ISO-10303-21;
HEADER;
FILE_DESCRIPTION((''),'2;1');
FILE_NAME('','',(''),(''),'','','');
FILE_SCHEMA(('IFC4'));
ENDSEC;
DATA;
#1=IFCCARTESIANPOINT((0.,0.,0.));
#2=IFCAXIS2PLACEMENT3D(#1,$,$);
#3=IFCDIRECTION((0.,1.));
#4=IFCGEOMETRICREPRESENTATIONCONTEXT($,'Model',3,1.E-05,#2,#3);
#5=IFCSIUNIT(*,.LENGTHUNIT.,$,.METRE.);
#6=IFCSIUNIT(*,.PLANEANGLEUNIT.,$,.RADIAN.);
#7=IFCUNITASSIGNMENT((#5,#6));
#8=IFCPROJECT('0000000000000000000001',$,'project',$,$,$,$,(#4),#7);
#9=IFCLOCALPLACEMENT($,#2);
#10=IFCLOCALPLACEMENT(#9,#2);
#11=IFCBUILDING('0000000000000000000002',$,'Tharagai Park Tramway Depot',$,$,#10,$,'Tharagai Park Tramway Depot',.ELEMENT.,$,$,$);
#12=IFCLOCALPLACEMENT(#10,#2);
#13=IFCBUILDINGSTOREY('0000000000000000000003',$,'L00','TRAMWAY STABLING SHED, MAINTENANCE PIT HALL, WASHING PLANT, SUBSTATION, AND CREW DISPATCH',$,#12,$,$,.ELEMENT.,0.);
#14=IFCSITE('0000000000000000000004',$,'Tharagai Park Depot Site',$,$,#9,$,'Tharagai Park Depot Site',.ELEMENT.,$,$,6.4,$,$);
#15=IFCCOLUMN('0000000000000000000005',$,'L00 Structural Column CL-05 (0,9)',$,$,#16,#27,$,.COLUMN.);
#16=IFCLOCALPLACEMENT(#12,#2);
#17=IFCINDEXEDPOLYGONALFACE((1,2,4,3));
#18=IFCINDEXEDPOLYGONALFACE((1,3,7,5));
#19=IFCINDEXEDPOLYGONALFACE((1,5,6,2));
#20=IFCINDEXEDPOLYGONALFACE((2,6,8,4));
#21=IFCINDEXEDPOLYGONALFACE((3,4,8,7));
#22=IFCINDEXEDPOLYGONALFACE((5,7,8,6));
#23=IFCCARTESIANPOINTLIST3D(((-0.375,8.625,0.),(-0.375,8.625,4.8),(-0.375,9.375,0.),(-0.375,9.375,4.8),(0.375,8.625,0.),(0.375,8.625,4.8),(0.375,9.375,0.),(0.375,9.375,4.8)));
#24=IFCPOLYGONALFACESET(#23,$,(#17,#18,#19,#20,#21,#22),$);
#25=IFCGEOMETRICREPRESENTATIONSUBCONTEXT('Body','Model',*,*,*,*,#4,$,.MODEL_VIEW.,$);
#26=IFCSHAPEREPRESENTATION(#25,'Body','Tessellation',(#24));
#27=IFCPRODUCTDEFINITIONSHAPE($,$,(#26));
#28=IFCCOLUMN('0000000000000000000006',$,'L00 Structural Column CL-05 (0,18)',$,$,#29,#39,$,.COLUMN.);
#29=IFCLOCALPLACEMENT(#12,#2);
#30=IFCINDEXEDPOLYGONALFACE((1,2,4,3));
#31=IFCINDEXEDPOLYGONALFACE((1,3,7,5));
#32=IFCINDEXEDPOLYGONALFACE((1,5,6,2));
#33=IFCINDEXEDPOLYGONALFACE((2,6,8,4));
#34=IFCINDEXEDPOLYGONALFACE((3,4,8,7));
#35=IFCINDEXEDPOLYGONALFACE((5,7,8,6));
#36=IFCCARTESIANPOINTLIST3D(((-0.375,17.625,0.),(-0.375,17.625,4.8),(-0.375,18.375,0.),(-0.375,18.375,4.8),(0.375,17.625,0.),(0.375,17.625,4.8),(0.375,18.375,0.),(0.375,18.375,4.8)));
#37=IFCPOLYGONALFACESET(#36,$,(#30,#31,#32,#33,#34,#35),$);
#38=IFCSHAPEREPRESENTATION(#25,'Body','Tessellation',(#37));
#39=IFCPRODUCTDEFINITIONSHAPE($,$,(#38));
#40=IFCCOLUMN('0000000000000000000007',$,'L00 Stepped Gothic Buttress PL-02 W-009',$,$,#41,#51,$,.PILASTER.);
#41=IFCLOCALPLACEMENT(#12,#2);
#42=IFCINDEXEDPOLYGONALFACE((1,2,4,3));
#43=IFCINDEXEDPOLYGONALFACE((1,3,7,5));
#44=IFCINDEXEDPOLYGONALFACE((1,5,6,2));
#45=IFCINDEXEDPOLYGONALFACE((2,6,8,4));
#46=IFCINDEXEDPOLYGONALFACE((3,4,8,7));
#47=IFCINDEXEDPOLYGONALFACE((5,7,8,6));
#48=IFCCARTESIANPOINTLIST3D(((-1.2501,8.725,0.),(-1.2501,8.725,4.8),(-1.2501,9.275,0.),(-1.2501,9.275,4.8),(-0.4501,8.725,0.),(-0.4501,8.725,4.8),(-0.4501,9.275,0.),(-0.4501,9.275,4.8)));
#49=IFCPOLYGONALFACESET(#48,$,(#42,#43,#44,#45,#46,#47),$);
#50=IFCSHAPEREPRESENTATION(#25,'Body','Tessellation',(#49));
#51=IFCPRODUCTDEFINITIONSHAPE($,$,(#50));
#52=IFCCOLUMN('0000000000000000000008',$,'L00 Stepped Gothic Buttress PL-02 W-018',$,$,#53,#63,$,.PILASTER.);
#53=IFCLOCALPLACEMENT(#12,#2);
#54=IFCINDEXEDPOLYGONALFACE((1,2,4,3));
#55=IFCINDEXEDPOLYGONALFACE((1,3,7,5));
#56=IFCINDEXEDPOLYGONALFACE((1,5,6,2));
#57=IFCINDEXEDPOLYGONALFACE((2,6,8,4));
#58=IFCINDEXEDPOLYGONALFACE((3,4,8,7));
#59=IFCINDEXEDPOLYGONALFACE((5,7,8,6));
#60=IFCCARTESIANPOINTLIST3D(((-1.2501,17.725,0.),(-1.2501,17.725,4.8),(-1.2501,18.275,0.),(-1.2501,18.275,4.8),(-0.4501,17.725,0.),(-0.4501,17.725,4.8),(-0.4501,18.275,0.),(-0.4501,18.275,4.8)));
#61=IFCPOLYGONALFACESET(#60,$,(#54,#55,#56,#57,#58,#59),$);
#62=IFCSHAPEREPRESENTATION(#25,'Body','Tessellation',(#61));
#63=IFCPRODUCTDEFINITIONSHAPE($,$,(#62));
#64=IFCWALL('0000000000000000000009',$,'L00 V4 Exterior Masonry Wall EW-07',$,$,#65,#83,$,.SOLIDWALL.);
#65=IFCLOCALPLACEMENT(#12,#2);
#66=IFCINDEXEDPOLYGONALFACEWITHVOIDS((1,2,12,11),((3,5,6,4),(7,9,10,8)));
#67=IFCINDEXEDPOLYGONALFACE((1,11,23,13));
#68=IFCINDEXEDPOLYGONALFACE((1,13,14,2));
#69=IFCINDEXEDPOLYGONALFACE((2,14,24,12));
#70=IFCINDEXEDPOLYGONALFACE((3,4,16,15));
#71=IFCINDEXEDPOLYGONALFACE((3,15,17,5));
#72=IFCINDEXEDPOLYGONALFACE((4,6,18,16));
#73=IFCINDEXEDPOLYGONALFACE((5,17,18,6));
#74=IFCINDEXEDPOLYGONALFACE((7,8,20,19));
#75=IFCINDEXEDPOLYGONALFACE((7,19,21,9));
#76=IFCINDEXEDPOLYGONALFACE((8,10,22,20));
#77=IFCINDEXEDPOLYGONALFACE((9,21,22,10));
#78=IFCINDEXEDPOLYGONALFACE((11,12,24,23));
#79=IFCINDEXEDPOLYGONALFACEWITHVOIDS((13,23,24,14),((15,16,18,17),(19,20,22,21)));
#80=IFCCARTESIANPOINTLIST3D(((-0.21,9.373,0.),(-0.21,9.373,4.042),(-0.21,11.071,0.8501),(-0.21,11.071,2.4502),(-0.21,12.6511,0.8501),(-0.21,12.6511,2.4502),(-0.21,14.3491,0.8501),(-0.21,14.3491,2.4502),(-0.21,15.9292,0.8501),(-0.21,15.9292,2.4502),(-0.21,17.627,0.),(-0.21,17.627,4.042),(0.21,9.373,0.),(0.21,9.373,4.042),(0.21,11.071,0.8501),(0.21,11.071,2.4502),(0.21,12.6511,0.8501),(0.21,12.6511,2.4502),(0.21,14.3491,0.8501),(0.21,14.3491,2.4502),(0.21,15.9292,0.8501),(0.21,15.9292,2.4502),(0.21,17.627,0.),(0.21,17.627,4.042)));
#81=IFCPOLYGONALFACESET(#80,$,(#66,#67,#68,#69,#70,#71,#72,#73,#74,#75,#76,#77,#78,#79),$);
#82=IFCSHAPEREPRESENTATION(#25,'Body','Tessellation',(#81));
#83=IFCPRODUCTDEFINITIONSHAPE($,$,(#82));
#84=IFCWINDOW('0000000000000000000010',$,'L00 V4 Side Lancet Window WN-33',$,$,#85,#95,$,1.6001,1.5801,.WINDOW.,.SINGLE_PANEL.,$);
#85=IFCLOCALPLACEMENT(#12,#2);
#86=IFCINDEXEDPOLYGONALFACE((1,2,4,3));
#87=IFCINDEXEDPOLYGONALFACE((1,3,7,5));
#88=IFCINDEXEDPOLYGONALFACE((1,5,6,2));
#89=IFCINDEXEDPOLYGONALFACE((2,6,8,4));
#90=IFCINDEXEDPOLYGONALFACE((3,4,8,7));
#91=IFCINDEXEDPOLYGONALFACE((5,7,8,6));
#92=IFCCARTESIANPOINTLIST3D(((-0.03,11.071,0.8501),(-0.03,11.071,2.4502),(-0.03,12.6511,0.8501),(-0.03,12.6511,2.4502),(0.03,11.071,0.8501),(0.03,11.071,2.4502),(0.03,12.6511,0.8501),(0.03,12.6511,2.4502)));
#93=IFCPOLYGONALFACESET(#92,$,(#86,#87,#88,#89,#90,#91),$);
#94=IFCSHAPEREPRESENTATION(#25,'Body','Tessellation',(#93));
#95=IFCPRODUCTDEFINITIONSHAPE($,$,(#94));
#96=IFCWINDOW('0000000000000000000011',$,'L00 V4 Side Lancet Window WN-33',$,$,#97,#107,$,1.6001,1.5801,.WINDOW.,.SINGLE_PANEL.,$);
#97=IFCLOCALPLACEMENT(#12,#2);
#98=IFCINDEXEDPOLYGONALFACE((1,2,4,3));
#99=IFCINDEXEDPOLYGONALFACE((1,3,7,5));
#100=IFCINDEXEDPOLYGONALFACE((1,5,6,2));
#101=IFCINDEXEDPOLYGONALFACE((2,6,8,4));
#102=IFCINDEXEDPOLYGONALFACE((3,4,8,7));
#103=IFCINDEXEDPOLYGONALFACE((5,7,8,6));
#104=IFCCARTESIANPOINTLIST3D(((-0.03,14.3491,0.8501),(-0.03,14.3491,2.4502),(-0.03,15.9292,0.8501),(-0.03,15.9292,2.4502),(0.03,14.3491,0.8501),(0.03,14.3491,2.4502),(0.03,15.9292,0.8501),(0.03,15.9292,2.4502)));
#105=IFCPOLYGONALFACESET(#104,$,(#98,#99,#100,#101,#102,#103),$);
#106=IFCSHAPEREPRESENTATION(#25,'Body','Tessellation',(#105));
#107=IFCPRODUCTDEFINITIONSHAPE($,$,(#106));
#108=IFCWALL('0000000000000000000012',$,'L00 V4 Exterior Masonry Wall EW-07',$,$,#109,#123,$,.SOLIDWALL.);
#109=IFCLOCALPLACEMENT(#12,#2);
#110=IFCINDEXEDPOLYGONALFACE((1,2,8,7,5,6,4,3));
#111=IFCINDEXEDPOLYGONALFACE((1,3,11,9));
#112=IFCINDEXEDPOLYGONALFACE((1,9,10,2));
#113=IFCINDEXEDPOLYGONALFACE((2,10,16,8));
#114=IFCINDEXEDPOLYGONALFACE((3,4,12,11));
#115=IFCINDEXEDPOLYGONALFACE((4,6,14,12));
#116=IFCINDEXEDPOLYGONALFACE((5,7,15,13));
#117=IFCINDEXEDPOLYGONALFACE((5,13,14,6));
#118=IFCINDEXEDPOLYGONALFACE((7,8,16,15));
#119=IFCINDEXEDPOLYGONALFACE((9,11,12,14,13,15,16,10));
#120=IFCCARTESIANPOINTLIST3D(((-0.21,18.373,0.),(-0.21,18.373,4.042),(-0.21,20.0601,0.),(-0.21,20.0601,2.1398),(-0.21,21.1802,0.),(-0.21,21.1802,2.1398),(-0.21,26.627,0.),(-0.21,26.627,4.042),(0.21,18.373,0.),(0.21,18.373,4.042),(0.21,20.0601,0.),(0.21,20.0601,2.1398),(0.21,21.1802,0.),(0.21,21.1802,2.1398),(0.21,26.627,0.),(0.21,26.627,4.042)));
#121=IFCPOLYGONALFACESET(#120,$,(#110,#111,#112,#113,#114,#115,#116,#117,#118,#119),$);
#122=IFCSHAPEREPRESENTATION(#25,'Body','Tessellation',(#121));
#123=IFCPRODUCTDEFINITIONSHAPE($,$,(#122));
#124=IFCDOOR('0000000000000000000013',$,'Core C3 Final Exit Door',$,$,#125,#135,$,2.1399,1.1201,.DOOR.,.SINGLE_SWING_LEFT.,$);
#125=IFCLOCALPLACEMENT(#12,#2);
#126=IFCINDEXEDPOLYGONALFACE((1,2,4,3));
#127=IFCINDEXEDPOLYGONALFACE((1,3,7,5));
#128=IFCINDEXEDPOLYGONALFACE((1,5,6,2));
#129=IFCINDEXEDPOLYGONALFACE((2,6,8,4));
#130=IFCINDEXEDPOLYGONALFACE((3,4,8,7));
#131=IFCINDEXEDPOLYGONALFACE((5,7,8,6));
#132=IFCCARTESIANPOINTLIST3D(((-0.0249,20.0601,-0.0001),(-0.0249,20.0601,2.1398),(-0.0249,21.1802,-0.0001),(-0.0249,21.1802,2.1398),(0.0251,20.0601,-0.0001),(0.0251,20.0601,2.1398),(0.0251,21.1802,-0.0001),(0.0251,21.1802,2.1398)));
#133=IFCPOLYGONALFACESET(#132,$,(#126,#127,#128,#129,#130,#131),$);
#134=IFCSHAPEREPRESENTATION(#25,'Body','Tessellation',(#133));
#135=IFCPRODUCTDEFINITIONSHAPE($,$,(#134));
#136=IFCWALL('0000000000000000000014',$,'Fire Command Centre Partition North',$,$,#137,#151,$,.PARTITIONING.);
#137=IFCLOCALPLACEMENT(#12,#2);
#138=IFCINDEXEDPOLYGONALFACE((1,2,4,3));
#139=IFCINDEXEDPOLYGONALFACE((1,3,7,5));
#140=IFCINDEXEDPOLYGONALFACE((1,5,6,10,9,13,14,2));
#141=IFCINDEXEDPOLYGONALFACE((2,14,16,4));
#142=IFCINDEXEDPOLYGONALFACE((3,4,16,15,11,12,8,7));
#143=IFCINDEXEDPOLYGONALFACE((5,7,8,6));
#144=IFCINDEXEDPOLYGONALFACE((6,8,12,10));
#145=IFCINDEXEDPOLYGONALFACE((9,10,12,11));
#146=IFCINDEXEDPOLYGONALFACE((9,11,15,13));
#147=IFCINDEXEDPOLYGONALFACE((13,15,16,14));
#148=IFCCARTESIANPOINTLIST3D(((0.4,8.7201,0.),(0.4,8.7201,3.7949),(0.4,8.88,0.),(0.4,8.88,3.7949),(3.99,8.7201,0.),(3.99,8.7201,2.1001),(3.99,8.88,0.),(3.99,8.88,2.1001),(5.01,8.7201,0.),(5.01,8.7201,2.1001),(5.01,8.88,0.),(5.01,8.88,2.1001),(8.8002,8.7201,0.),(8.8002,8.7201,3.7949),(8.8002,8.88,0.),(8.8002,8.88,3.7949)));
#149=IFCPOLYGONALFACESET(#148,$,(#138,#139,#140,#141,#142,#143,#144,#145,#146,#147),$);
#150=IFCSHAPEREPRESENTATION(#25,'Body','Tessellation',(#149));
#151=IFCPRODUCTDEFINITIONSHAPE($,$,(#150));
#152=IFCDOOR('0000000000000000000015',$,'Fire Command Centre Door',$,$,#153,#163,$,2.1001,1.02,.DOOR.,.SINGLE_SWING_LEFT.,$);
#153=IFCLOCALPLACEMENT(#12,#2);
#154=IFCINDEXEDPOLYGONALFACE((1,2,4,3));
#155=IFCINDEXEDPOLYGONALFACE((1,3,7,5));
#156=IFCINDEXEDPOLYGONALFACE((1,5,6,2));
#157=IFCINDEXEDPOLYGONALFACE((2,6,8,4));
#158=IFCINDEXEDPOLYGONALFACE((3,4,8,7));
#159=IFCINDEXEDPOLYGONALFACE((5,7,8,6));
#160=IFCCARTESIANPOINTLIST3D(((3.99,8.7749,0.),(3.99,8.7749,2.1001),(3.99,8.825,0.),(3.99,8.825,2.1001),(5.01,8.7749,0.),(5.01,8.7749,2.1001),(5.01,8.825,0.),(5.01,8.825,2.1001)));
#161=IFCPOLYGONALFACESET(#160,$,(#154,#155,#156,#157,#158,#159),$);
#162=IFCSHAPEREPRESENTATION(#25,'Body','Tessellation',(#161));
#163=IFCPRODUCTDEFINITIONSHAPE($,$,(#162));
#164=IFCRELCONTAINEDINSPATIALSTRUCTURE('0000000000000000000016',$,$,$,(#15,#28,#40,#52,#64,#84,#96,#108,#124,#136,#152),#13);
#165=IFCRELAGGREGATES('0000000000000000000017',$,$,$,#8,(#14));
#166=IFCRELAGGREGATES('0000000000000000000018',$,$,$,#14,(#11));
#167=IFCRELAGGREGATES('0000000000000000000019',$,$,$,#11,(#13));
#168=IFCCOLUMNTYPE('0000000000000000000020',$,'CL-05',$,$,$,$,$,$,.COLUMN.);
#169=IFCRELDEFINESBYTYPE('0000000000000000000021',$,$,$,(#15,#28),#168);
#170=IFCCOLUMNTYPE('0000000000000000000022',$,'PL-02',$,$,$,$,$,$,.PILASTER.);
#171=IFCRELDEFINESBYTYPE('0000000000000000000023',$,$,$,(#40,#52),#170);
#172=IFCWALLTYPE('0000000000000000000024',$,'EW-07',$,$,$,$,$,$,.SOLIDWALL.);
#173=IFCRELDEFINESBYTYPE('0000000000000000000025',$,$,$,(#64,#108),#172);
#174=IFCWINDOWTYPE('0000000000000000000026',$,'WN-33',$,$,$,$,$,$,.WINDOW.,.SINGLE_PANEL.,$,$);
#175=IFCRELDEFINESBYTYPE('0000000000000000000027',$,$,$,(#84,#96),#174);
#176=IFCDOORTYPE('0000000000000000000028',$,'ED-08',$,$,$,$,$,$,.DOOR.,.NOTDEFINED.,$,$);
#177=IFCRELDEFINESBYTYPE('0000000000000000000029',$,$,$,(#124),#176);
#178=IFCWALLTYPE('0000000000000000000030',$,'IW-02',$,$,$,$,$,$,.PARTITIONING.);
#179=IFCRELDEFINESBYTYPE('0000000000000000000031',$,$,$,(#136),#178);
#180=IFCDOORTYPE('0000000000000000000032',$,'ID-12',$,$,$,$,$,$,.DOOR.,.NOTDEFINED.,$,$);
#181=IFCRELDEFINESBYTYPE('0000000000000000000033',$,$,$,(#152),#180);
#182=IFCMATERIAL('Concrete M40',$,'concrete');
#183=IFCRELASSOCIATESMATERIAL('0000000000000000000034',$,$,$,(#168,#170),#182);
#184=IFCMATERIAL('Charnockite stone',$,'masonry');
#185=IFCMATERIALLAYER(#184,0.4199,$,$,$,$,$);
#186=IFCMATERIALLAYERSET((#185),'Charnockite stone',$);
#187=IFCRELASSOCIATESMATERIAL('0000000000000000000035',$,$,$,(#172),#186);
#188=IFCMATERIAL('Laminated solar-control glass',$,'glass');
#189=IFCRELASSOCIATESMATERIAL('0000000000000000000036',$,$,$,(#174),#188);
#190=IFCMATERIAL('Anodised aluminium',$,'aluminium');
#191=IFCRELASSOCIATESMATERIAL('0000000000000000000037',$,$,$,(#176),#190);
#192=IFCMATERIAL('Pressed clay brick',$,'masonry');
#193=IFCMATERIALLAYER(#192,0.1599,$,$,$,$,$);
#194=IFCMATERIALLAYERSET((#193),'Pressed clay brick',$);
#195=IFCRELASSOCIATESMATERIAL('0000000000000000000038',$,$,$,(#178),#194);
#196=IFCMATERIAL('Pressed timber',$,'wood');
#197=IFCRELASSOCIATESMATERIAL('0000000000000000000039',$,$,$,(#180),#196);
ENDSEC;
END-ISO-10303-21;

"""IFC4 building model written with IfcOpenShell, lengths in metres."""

from ifc_helpers import new_model, si_unit, direction, frame, frame_2d, origin, origin_2d, place, context, subcontext, project, spatial, rectangle, extrude, material, layer, layer_set, material_profile, profile_set, type_object, element, fill, save


model = new_model("IFC4")

# Units and contexts
model_context = context("Model", 3, precision=1e-05, world=origin(), true_north=direction((0.0, 1.0)))
body_context = subcontext(model_context, "Body", "Model", "MODEL_VIEW")
ifc_project = project(units=[si_unit("LENGTHUNIT", "METRE"), si_unit("PLANEANGLEUNIT", "RADIAN")], contexts=[model_context])

# Site, building, storey
site_placement = place(None, origin())
site = spatial("IfcSite", under=ifc_project, at=site_placement, Name="Tharagai Park Depot Site", LongName="Tharagai Park Depot Site", CompositionType="ELEMENT", RefElevation=6.4)
building_placement = place(site_placement, origin())
building = spatial("IfcBuilding", under=site, at=building_placement, Name="Tharagai Park Tramway Depot", LongName="Tharagai Park Tramway Depot", CompositionType="ELEMENT")
storey_placement = place(building_placement, origin())
storey = spatial("IfcBuildingStorey", under=building, at=storey_placement, Name="L00", Description="TRAMWAY STABLING SHED, MAINTENANCE PIT HALL, WASHING PLANT, SUBSTATION, AND CREW DISPATCH", CompositionType="ELEMENT", Elevation=0.0)

# Shared definitions
ifc_material_1 = material(Name="Concrete M40", Category="concrete")

# Columns
ifc_material_profile_1 = material_profile(ifc_material_1, rectangle(XDim=0.75, YDim=0.75, at=origin_2d()), Name="RC 750x750")
ifc_profile_set_1 = profile_set([ifc_material_profile_1], Name="Concrete M40")
column_type_1 = type_object("IfcColumnType", Name="CL-05", PredefinedType="COLUMN", material=ifc_profile_set_1)
for number, where, z_axis, x_axis, name in (
    (1, (0.0, 9.0, 0.0), (0.0, 0.0, 1.0), (1.0, 0.0, 0.0), "L00 Structural Column CL-05 (0,9)"),
    (2, (0.0, 18.0, 0.0), (0.0, 0.0, 1.0), (1.0, 0.0, 0.0), "L00 Structural Column CL-05 (0,18)"),
):
    element("IfcColumn", number, at=place(storey_placement, frame(where, z_axis=z_axis, x_axis=x_axis)), inside=storey, type_object=column_type_1, Name=name, PredefinedType="COLUMN", context=body_context, shape_type="SweptSolid", body=[
        extrude(rectangle(XDim=0.75, YDim=0.75, at=origin_2d()), origin(), (0.0, 0.0, 1.0), 4.8),
    ])
ifc_material_profile_2 = material_profile(ifc_material_1, rectangle(XDim=0.55, YDim=0.8, at=origin_2d()), Name="RC 550x800")
ifc_profile_set_2 = profile_set([ifc_material_profile_2], Name="Concrete M40")
column_type_2 = type_object("IfcColumnType", Name="PL-02", PredefinedType="PILASTER", material=ifc_profile_set_2)
for number, where, z_axis, x_axis, name in (
    (3, (-0.8501, 9.0, 0.0), (0.0, 0.0, 1.0), (0.0, 1.0, 0.0), "L00 Stepped Gothic Buttress PL-02 W-009"),
    (4, (-0.8501, 18.0, 0.0), (0.0, 0.0, 1.0), (0.0, 1.0, 0.0), "L00 Stepped Gothic Buttress PL-02 W-018"),
):
    element("IfcColumn", number, at=place(storey_placement, frame(where, z_axis=z_axis, x_axis=x_axis)), inside=storey, type_object=column_type_2, Name=name, PredefinedType="PILASTER", context=body_context, shape_type="SweptSolid", body=[
        extrude(rectangle(XDim=0.55, YDim=0.8, at=origin_2d()), origin(), (0.0, 0.0, 1.0), 4.8),
    ])

# Wall, openings, windows
ifc_material_2 = material(Name="Charnockite stone", Category="masonry")
ifc_layer_1 = layer(ifc_material_2, 0.4199)
ifc_layer_set_1 = layer_set([ifc_layer_1], Name="Charnockite stone")
wall_type_1 = type_object("IfcWallType", Name="EW-07", PredefinedType="SOLIDWALL", material=ifc_layer_set_1)
wall_1_placement = place(storey_placement, frame((0.0, 9.373, 0.0), z_axis=(0.0, 0.0, 1.0), x_axis=(0.0, 1.0, 0.0)))
wall_1 = element("IfcWall", 5, at=wall_1_placement, inside=storey, type_object=wall_type_1, Name="L00 V4 Exterior Masonry Wall EW-07", PredefinedType="SOLIDWALL", context=body_context, shape_type="SweptSolid", body=[
    extrude(rectangle(XDim=8.2539, YDim=0.4199, at=frame_2d((4.127, 0.0))), origin(), (0.0, 0.0, 1.0), 4.042),
])
opening_1_placement = place(wall_1_placement, frame((1.698, 0.0, 0.8501)))
opening_1 = element("IfcOpeningElement", 6, at=opening_1_placement, cuts=wall_1, PredefinedType="OPENING", context=body_context, shape_type="SweptSolid", body=[
    extrude(rectangle(XDim=1.5801, YDim=1.6001, at=frame_2d((0.79, 0.8))), frame((0.0, 0.22, 0.0), z_axis=(0.0, -1.0, 0.0), x_axis=(1.0, 0.0, 0.0)), (0.0, 0.0, 1.0), 0.4399),
])
opening_2_placement = place(wall_1_placement, frame((4.9761, 0.0, 0.8501)))
opening_2 = element("IfcOpeningElement", 7, at=opening_2_placement, cuts=wall_1, PredefinedType="OPENING", context=body_context, shape_type="SweptSolid", body=[
    extrude(rectangle(XDim=1.5801, YDim=1.6001, at=frame_2d((0.79, 0.8))), frame((0.0, 0.22, 0.0), z_axis=(0.0, -1.0, 0.0), x_axis=(1.0, 0.0, 0.0)), (0.0, 0.0, 1.0), 0.4399),
])
ifc_material_3 = material(Name="Laminated solar-control glass", Category="glass")
window_type = type_object("IfcWindowType", Name="WN-33", PartitioningType="SINGLE_PANEL", PredefinedType="WINDOW", material=ifc_material_3)
window_1_placement = place(opening_1_placement, origin())
window_1 = element("IfcWindow", 8, at=window_1_placement, inside=storey, type_object=window_type, Name="L00 V4 Side Lancet Window WN-33", OverallHeight=1.6001, OverallWidth=1.5801, PartitioningType="SINGLE_PANEL", PredefinedType="WINDOW", context=body_context, shape_type="SweptSolid", body=[
    extrude(rectangle(XDim=1.5801, YDim=1.6001, at=frame_2d((0.79, 0.8))), frame((0.0, 0.03, 0.0), z_axis=(0.0, -1.0, 0.0), x_axis=(1.0, 0.0, 0.0)), (0.0, 0.0, 1.0), 0.0601),
])
fill(opening_1, window_1)
window_2_placement = place(opening_2_placement, origin())
window_2 = element("IfcWindow", 9, at=window_2_placement, inside=storey, type_object=window_type, Name="L00 V4 Side Lancet Window WN-33", OverallHeight=1.6001, OverallWidth=1.5801, PartitioningType="SINGLE_PANEL", PredefinedType="WINDOW", context=body_context, shape_type="SweptSolid", body=[
    extrude(rectangle(XDim=1.5801, YDim=1.6001, at=frame_2d((0.79, 0.8))), frame((0.0, 0.03, 0.0), z_axis=(0.0, -1.0, 0.0), x_axis=(1.0, 0.0, 0.0)), (0.0, 0.0, 1.0), 0.0601),
])
fill(opening_2, window_2)

# Walls, openings, doors
wall_2_placement = place(storey_placement, frame((0.0, 18.373, 0.0), z_axis=(0.0, 0.0, 1.0), x_axis=(0.0, 1.0, 0.0)))
wall_2 = element("IfcWall", 10, at=wall_2_placement, inside=storey, type_object=wall_type_1, Name="L00 V4 Exterior Masonry Wall EW-07", PredefinedType="SOLIDWALL", context=body_context, shape_type="SweptSolid", body=[
    extrude(rectangle(XDim=8.2539, YDim=0.4199, at=frame_2d((4.127, 0.0))), origin(), (0.0, 0.0, 1.0), 4.042),
])
opening_3_placement = place(wall_2_placement, frame((1.687, 0.0, 0.0)))
opening_3 = element("IfcOpeningElement", 11, at=opening_3_placement, cuts=wall_2, PredefinedType="OPENING", context=body_context, shape_type="SweptSolid", body=[
    extrude(rectangle(XDim=1.1201, YDim=2.1399, at=frame_2d((0.5601, 1.0698))), frame((0.0, 0.22, 0.0), z_axis=(0.0, -1.0, 0.0), x_axis=(1.0, 0.0, 0.0)), (0.0, 0.0, 1.0), 0.4399),
])
ifc_material_4 = material(Name="Anodised aluminium", Category="aluminium")
door_type_1 = type_object("IfcDoorType", Name="ED-08", OperationType="NOTDEFINED", PredefinedType="DOOR", material=ifc_material_4)
door_1_placement = place(opening_3_placement, origin())
door_1 = element("IfcDoor", 12, at=door_1_placement, inside=storey, type_object=door_type_1, Name="Core C3 Final Exit Door", OperationType="SINGLE_SWING_LEFT", OverallHeight=2.1399, OverallWidth=1.1201, PredefinedType="DOOR", context=body_context, shape_type="SweptSolid", body=[
    extrude(rectangle(XDim=1.1201, YDim=2.1399, at=frame_2d((0.5601, 1.0698))), frame((0.0, 0.0249, 0.0), z_axis=(0.0, -1.0, 0.0), x_axis=(1.0, 0.0, 0.0)), (0.0, 0.0, 1.0), 0.05),
])
fill(opening_3, door_1)
ifc_material_5 = material(Name="Pressed clay brick", Category="masonry")
ifc_layer_2 = layer(ifc_material_5, 0.1599)
ifc_layer_set_2 = layer_set([ifc_layer_2], Name="Pressed clay brick")
wall_type_2 = type_object("IfcWallType", Name="IW-02", PredefinedType="PARTITIONING", material=ifc_layer_set_2)
wall_3_placement = place(storey_placement, frame((0.3999, 8.8, 0.0), z_axis=(0.0, 0.0, 1.0), x_axis=(1.0, 0.0, 0.0)))
wall_3 = element("IfcWall", 13, at=wall_3_placement, inside=storey, type_object=wall_type_2, Name="Fire Command Centre Partition North", PredefinedType="PARTITIONING", context=body_context, shape_type="SweptSolid", body=[
    extrude(rectangle(XDim=8.4001, YDim=0.1599, at=frame_2d((4.2002, 0.0))), origin(), (0.0, 0.0, 1.0), 3.7949),
])
opening_4_placement = place(wall_3_placement, frame((3.5901, 0.0, 0.0)))
opening_4 = element("IfcOpeningElement", 14, at=opening_4_placement, cuts=wall_3, PredefinedType="OPENING", context=body_context, shape_type="SweptSolid", body=[
    extrude(rectangle(XDim=1.02, YDim=2.1001, at=frame_2d((0.51, 1.05))), frame((0.0, 0.0898, 0.0), z_axis=(0.0, -1.0, 0.0), x_axis=(1.0, 0.0, 0.0)), (0.0, 0.0, 1.0), 0.1799),
])
ifc_material_6 = material(Name="Pressed timber", Category="wood")
door_type_2 = type_object("IfcDoorType", Name="ID-12", OperationType="NOTDEFINED", PredefinedType="DOOR", material=ifc_material_6)
door_2_placement = place(opening_4_placement, origin())
door_2 = element("IfcDoor", 15, at=door_2_placement, inside=storey, type_object=door_type_2, Name="Fire Command Centre Door", OperationType="SINGLE_SWING_LEFT", OverallHeight=2.1001, OverallWidth=1.02, PredefinedType="DOOR", context=body_context, shape_type="SweptSolid", body=[
    extrude(rectangle(XDim=1.02, YDim=2.1001, at=frame_2d((0.51, 1.05))), frame((0.0, 0.0249, 0.0), z_axis=(0.0, -1.0, 0.0), x_axis=(1.0, 0.0, 0.0)), (0.0, 0.0, 1.0), 0.05),
])
fill(opening_4, door_2)

save(model, "model.ifc")
